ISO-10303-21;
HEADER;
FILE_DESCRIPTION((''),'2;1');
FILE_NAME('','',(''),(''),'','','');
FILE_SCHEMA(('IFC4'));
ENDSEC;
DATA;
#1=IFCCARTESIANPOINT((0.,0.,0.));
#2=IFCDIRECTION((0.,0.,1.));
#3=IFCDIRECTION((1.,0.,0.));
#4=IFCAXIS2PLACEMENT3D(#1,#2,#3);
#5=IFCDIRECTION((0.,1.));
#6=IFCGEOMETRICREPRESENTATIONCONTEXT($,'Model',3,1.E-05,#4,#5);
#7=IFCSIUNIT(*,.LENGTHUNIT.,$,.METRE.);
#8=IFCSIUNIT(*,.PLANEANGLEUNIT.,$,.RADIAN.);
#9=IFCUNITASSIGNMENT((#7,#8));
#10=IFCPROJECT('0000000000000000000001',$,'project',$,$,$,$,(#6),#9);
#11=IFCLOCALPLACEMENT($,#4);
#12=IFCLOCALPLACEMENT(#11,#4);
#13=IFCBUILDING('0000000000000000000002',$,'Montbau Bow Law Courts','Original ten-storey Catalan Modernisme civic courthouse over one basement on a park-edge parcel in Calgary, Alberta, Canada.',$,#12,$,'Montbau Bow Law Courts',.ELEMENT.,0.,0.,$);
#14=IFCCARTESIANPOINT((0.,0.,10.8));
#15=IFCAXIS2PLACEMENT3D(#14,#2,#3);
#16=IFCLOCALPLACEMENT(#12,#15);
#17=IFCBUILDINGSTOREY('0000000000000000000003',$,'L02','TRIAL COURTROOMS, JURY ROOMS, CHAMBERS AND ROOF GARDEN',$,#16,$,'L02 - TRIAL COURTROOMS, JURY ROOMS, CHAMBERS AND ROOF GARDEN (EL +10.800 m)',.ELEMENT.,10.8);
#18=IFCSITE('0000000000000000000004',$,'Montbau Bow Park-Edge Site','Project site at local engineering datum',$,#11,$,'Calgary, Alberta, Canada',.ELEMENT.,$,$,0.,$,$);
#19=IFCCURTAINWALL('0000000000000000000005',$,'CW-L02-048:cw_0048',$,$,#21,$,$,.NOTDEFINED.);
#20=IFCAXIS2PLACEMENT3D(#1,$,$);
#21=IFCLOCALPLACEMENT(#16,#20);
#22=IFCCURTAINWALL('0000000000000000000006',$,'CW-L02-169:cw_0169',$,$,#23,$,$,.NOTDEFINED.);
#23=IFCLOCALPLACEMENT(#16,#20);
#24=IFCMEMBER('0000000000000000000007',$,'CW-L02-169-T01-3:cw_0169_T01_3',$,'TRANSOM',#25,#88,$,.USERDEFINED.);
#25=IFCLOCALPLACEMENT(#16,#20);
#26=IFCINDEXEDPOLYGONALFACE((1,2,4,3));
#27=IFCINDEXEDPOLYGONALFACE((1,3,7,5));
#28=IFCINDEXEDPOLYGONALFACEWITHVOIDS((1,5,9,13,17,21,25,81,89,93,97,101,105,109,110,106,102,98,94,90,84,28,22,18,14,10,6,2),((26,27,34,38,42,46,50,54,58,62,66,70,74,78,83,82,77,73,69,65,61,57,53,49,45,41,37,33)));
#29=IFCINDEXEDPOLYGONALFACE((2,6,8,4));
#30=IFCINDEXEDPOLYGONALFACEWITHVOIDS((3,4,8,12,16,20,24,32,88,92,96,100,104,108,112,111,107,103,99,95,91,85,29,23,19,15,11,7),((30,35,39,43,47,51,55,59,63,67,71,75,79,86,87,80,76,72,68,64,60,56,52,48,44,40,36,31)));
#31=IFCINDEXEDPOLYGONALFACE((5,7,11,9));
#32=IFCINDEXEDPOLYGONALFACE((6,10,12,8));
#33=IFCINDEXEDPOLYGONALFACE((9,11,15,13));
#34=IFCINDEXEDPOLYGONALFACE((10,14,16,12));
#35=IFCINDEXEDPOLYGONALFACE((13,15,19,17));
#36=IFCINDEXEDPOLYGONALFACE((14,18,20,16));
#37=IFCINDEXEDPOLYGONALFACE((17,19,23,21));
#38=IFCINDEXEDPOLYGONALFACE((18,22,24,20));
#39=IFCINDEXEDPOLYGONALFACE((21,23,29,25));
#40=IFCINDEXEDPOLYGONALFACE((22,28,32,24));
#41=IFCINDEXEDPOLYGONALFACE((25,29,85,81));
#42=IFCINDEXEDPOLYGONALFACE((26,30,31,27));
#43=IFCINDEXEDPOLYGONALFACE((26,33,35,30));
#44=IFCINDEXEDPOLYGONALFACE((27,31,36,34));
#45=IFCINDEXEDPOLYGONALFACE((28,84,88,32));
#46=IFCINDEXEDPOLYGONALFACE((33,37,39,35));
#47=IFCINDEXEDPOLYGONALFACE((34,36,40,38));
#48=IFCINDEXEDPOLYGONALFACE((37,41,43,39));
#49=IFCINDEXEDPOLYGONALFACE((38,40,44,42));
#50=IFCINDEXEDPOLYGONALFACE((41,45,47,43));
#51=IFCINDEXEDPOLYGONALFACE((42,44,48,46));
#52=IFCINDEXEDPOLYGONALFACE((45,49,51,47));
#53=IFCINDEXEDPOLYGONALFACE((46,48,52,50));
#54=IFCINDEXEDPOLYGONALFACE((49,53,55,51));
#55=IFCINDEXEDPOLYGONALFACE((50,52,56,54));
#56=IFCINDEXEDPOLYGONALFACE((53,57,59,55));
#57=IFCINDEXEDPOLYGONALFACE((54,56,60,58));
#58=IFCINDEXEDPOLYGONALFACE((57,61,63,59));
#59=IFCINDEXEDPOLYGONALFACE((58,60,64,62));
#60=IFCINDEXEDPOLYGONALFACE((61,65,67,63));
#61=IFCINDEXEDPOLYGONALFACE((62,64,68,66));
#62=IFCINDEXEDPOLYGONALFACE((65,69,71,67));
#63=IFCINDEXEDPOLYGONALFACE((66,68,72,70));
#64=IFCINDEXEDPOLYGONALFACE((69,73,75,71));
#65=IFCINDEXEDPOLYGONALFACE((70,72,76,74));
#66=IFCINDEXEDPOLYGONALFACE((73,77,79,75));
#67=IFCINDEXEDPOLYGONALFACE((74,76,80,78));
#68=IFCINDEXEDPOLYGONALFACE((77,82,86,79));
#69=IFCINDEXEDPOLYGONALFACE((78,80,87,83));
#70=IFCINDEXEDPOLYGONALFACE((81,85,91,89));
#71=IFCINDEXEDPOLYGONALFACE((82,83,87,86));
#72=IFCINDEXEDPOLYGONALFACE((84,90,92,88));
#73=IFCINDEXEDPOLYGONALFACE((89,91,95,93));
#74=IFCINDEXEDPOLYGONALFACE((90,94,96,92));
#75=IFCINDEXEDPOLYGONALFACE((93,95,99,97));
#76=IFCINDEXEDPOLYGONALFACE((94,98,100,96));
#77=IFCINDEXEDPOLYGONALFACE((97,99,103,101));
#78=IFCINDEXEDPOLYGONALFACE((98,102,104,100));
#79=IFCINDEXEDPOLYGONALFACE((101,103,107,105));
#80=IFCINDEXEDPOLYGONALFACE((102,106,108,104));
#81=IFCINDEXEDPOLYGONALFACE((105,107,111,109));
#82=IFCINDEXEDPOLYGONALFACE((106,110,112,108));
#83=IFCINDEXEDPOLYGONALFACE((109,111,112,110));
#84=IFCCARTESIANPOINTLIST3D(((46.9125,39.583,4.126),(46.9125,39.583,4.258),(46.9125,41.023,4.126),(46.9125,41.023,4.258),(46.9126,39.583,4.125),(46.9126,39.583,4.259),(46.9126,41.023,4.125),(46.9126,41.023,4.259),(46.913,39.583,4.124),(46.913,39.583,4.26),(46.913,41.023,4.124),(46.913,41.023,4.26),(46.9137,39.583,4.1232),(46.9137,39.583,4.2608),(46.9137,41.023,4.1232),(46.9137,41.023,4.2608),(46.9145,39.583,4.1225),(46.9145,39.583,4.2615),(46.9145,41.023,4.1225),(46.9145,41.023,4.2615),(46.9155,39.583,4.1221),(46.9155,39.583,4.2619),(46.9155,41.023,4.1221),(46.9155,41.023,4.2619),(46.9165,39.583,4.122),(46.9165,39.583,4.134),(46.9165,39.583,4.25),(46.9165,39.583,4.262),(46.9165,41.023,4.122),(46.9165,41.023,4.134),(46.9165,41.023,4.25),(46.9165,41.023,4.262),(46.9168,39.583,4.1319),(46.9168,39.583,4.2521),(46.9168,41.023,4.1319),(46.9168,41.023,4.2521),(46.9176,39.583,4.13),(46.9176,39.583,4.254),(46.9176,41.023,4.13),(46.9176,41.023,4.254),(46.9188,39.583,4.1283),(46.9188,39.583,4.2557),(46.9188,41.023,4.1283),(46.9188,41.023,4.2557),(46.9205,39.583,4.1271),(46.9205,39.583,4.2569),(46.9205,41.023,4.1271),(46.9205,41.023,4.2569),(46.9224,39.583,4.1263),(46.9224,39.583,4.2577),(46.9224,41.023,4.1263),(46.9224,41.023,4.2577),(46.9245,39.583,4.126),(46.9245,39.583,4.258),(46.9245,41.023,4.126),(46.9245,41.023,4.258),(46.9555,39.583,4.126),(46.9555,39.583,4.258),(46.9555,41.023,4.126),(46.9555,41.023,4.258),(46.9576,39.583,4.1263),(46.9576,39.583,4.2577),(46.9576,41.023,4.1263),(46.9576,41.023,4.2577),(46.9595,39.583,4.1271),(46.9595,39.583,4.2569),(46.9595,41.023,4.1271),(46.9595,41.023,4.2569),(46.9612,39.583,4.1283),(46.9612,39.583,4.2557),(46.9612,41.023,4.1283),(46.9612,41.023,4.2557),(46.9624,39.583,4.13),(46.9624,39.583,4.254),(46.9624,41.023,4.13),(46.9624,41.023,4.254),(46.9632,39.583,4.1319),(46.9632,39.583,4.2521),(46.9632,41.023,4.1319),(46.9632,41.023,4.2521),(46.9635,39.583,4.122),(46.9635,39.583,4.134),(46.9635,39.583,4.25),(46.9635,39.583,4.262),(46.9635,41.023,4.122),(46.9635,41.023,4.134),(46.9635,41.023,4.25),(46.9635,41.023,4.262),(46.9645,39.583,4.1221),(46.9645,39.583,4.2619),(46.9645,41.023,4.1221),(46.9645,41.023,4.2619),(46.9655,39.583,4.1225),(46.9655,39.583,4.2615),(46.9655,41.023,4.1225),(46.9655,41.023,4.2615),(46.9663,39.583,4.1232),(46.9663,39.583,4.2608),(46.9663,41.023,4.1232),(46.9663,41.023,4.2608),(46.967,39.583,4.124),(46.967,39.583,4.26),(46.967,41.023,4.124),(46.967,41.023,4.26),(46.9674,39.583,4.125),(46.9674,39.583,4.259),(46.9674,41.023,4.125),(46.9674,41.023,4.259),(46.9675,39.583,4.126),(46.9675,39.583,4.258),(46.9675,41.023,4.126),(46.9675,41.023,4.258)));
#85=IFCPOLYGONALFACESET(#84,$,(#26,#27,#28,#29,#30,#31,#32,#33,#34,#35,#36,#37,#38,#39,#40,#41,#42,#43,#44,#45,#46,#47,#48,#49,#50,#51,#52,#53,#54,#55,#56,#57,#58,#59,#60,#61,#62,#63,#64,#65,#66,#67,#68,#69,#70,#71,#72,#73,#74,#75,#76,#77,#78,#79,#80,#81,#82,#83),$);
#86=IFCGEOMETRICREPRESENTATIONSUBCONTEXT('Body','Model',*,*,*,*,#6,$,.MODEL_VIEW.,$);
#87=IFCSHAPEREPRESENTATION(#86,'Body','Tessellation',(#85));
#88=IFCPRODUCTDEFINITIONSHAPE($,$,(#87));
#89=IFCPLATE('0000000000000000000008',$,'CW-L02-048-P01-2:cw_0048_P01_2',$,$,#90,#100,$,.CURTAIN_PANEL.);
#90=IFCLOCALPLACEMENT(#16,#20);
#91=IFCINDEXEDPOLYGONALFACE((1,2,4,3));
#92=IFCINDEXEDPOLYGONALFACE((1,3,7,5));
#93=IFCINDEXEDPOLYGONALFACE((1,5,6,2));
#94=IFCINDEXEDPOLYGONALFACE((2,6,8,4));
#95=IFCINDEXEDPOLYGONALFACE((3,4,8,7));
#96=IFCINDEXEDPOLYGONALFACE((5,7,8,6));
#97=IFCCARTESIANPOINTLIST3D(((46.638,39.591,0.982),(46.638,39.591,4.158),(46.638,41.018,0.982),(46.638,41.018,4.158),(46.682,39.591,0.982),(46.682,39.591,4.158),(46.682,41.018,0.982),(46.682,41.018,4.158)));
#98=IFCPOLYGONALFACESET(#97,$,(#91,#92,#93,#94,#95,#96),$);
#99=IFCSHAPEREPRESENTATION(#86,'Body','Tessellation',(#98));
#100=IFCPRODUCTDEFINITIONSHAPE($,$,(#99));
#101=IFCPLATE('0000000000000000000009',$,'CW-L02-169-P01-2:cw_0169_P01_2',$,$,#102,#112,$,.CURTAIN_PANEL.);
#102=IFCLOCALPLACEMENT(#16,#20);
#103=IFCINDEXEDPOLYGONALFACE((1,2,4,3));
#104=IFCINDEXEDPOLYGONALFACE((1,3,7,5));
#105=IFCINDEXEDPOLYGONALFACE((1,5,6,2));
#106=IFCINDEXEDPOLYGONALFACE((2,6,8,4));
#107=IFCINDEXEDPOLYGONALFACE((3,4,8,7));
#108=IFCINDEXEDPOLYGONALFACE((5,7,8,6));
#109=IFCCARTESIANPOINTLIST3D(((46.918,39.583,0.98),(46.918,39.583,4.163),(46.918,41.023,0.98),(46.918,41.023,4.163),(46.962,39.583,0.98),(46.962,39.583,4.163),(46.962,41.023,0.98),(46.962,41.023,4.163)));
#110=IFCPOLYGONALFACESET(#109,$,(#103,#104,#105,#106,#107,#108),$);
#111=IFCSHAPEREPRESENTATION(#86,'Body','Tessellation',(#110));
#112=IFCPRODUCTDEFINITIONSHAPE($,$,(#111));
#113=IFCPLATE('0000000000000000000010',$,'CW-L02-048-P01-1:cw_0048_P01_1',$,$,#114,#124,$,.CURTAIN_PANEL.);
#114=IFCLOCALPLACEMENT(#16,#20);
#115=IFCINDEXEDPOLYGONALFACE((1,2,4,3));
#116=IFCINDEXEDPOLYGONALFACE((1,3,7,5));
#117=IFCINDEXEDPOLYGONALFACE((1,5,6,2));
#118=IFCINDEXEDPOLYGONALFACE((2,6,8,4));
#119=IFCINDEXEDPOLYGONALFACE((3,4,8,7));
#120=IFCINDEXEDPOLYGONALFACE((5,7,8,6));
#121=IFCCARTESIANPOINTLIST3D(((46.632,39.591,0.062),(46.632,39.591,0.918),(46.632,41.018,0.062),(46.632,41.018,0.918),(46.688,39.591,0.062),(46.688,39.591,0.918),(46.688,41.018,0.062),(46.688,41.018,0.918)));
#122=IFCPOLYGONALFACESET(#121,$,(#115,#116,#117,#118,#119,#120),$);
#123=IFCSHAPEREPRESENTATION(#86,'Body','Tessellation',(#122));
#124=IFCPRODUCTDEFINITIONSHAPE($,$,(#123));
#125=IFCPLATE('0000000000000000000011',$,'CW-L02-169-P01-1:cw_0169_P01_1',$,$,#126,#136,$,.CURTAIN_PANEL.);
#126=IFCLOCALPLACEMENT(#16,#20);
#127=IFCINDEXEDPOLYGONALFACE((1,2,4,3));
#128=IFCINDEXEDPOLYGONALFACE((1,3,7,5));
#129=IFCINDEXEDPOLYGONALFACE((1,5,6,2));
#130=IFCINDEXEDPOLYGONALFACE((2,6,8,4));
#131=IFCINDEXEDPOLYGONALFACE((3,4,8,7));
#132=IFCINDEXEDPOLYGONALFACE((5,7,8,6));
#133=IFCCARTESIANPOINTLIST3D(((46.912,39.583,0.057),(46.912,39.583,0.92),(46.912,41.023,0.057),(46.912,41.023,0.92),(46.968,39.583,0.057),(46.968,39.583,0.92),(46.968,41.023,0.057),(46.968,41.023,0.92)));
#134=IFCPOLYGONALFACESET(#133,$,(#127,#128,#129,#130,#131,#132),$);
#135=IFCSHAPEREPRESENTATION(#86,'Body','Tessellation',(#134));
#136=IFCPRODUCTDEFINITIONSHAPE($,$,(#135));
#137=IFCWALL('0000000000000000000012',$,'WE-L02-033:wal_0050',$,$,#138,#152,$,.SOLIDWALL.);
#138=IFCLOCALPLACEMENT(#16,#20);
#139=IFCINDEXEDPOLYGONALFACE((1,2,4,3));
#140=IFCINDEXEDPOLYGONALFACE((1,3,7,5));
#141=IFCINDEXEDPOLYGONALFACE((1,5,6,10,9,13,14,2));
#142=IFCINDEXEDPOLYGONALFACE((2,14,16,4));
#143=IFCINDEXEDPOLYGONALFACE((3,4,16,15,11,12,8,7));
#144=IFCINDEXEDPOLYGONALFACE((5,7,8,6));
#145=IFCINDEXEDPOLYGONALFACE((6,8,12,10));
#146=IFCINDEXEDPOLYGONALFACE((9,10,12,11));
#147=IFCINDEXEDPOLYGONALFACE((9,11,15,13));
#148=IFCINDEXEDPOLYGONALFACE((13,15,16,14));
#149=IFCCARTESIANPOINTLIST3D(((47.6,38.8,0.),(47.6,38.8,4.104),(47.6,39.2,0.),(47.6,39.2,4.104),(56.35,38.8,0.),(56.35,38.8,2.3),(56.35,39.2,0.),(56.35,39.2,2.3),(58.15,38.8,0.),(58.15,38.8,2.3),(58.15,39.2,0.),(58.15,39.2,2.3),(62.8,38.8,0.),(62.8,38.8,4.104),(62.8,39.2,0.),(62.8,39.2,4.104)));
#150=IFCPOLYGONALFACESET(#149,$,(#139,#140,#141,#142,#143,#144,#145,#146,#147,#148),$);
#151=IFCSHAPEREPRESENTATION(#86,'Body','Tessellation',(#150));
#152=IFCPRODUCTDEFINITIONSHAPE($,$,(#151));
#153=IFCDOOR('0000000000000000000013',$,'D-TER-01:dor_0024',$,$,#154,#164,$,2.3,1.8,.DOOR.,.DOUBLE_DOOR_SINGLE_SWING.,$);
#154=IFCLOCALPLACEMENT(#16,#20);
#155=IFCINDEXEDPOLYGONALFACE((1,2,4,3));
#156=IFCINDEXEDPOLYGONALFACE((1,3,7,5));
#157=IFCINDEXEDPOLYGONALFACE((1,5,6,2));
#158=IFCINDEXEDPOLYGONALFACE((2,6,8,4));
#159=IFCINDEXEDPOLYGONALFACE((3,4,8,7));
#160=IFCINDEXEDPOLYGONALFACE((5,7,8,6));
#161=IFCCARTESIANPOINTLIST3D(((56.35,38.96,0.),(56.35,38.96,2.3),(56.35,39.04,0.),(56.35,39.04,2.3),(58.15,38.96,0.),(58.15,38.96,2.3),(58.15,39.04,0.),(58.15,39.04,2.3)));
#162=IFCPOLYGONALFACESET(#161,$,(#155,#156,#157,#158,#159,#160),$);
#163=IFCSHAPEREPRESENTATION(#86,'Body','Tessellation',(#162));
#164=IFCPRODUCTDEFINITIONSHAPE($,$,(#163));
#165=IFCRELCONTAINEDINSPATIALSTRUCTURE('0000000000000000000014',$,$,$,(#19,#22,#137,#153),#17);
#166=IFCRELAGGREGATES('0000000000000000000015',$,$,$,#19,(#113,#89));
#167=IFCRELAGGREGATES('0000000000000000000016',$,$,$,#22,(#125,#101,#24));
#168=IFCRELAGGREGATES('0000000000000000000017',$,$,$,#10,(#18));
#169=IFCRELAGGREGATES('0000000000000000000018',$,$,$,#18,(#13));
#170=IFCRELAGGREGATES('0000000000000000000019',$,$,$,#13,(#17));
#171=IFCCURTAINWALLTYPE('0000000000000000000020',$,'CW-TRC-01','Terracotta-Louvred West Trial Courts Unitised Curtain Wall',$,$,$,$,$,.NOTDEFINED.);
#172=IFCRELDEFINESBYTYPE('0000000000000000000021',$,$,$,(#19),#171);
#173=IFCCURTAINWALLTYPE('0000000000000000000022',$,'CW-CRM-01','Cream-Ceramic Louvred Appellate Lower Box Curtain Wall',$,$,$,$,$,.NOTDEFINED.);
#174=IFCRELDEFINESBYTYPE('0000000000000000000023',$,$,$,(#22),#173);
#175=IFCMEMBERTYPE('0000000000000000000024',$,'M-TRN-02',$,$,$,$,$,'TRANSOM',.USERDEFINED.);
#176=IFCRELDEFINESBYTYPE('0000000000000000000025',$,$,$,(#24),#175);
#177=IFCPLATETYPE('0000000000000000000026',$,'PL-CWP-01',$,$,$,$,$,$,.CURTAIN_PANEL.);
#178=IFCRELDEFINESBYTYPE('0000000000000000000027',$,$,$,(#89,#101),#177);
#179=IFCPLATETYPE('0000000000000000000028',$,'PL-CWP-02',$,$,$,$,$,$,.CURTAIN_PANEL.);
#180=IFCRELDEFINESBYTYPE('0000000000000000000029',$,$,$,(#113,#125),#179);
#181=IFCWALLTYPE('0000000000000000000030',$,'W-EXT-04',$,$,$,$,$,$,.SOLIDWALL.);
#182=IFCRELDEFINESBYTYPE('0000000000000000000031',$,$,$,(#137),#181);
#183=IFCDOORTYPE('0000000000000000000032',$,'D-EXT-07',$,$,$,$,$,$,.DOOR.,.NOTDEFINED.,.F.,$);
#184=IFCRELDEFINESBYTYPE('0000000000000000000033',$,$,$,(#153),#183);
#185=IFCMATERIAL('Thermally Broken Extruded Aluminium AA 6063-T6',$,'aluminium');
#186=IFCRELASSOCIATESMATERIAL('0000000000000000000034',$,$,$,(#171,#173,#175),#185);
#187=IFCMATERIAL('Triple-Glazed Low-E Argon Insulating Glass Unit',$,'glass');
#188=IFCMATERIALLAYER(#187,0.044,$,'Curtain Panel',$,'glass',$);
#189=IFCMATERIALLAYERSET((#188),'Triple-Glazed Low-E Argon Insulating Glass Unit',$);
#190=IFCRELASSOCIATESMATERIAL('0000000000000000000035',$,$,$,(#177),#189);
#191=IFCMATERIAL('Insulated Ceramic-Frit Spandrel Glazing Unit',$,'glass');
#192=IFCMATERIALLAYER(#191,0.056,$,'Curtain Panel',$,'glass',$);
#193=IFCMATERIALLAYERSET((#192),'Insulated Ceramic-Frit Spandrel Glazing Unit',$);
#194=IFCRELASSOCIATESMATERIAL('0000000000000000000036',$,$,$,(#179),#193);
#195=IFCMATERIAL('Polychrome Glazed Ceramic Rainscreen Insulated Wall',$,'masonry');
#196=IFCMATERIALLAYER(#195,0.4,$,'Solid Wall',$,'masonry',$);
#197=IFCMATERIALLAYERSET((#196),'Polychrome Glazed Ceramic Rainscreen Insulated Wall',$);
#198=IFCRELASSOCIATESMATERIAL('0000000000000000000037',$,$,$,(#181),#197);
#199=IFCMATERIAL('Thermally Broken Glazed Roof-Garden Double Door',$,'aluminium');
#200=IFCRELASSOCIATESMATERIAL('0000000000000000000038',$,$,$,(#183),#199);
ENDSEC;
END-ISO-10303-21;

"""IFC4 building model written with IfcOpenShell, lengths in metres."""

from ifc_helpers import new_model, si_unit, direction, frame, frame_2d, origin_with_axes, origin_2d_with_axis, place, context, subcontext, project, spatial, rectangle, hollow_rectangle, extrude, material, layer, layer_set, material_profile, profile_set, type_object, element, fill, aggregate, save


model = new_model("IFC4")

# Units and contexts
model_context = context("Model", 3, precision=1e-05, world=origin_with_axes(), true_north=direction((0.0, 1.0)))
body_context = subcontext(model_context, "Body", "Model", "MODEL_VIEW")
ifc_project = project(units=[si_unit("LENGTHUNIT", "METRE"), si_unit("PLANEANGLEUNIT", "RADIAN")], contexts=[model_context])

# Site, building, storey
site_placement = place(None, origin_with_axes())
site = spatial("IfcSite", under=ifc_project, at=site_placement, Name="Montbau Bow Park-Edge Site", Description="Project site at local engineering datum", LongName="Calgary, Alberta, Canada", CompositionType="ELEMENT", RefElevation=0.0)
building_placement = place(site_placement, origin_with_axes())
building = spatial("IfcBuilding", under=site, at=building_placement, Name="Montbau Bow Law Courts", Description="Original ten-storey Catalan Modernisme civic courthouse over one basement on a park-edge parcel in Calgary, Alberta, Canada.", LongName="Montbau Bow Law Courts", CompositionType="ELEMENT", ElevationOfRefHeight=0.0, ElevationOfTerrain=0.0)
storey_placement = place(building_placement, frame((0.0, 0.0, 10.8), z_axis=(0.0, 0.0, 1.0), x_axis=(1.0, 0.0, 0.0)))
storey = spatial("IfcBuildingStorey", under=building, at=storey_placement, Name="L02", Description="TRIAL COURTROOMS, JURY ROOMS, CHAMBERS AND ROOF GARDEN", LongName="L02 - TRIAL COURTROOMS, JURY ROOMS, CHAMBERS AND ROOF GARDEN (EL +10.800 m)", CompositionType="ELEMENT", Elevation=10.8)

# Curtain walls
ifc_material_1 = material(Name="Thermally Broken Extruded Aluminium AA 6063-T6", Category="aluminium")
curtain_wall_type_1 = type_object("IfcCurtainWallType", Name="CW-TRC-01", Description="Terracotta-Louvred West Trial Courts Unitised Curtain Wall", PredefinedType="NOTDEFINED", material=ifc_material_1)
curtain_wall_1_placement = place(None, frame((46.66, 39.515, 10.8), z_axis=(0.0, 0.0, 1.0), x_axis=(1.0, 0.0, 0.0)))
curtain_wall_1 = element("IfcCurtainWall", 1, at=curtain_wall_1_placement, inside=storey, type_object=curtain_wall_type_1, Name="CW-L02-048:cw_0048", PredefinedType="NOTDEFINED")
curtain_wall_type_2 = type_object("IfcCurtainWallType", Name="CW-CRM-01", Description="Cream-Ceramic Louvred Appellate Lower Box Curtain Wall", PredefinedType="NOTDEFINED", material=ifc_material_1)
curtain_wall_2_placement = place(None, frame((46.94, 39.515, 10.8), z_axis=(0.0, 0.0, 1.0), x_axis=(1.0, 0.0, 0.0)))
curtain_wall_2 = element("IfcCurtainWall", 2, at=curtain_wall_2_placement, inside=storey, type_object=curtain_wall_type_2, Name="CW-L02-169:cw_0169", PredefinedType="NOTDEFINED")

# Member
ifc_material_profile_1 = material_profile(ifc_material_1, hollow_rectangle(XDim=0.055, YDim=0.14, WallThickness=0.004, InnerFilletRadius=0.008, OuterFilletRadius=0.004, at=origin_2d_with_axis()), Name="CWT-140X55", Category="Main", Priority=0)
ifc_profile_set_1 = profile_set([ifc_material_profile_1], Name="Thermally Broken Extruded Aluminium AA 6063-T6")
member_type_1 = type_object("IfcMemberType", Name="M-TRN-02", ElementType="TRANSOM", PredefinedType="USERDEFINED", material=ifc_profile_set_1)
member_1_placement = place(None, frame((46.94, 39.583, 14.992), z_axis=(0.0, 1.0, 0.0), x_axis=(-1.0, 0.0, 0.0)))
member_1 = element("IfcMember", 3, at=member_1_placement, type_object=member_type_1, Name="CW-L02-169-T01-3:cw_0169_T01_3", ObjectType="TRANSOM", PredefinedType="USERDEFINED", context=body_context, shape_type="SweptSolid", body=[
    extrude(hollow_rectangle(XDim=0.055, YDim=0.14, WallThickness=0.004, InnerFilletRadius=0.008, OuterFilletRadius=0.004, at=origin_2d_with_axis()), origin_with_axes(), (0.0, 0.0, 1.0), 1.44),
])

# Plates
ifc_material_2 = material(Name="Triple-Glazed Low-E Argon Insulating Glass Unit", Category="glass")
ifc_layer_1 = layer(ifc_material_2, 0.044, Name="Curtain Panel", Category="glass")
ifc_layer_set_1 = layer_set([ifc_layer_1], Name="Triple-Glazed Low-E Argon Insulating Glass Unit")
plate_type_1 = type_object("IfcPlateType", Name="PL-CWP-01", PredefinedType="CURTAIN_PANEL", material=ifc_layer_set_1)
plate_1_placement = place(None, frame((46.66, 39.591, 11.782), z_axis=(1.0, 0.0, 0.0), x_axis=(0.0, 1.0, 0.0)))
plate_1 = element("IfcPlate", 4, at=plate_1_placement, type_object=plate_type_1, Name="CW-L02-048-P01-2:cw_0048_P01_2", PredefinedType="CURTAIN_PANEL", context=body_context, shape_type="SweptSolid", body=[
    extrude(rectangle(XDim=1.427, YDim=3.176, at=frame_2d((0.7135, 1.588), x_axis=(1.0, 0.0))), frame((0.0, 0.0, -0.022), z_axis=(0.0, 0.0, 1.0), x_axis=(1.0, 0.0, 0.0)), (0.0, 0.0, 1.0), 0.044),
])
plate_2_placement = place(None, frame((46.94, 39.583, 11.78), z_axis=(1.0, 0.0, 0.0), x_axis=(0.0, 1.0, 0.0)))
plate_2 = element("IfcPlate", 5, at=plate_2_placement, type_object=plate_type_1, Name="CW-L02-169-P01-2:cw_0169_P01_2", PredefinedType="CURTAIN_PANEL", context=body_context, shape_type="SweptSolid", body=[
    extrude(rectangle(XDim=1.44, YDim=3.183, at=frame_2d((0.72, 1.5915), x_axis=(1.0, 0.0))), frame((0.0, 0.0, -0.022), z_axis=(0.0, 0.0, 1.0), x_axis=(1.0, 0.0, 0.0)), (0.0, 0.0, 1.0), 0.044),
])
ifc_material_3 = material(Name="Insulated Ceramic-Frit Spandrel Glazing Unit", Category="glass")
ifc_layer_2 = layer(ifc_material_3, 0.056, Name="Curtain Panel", Category="glass")
ifc_layer_set_2 = layer_set([ifc_layer_2], Name="Insulated Ceramic-Frit Spandrel Glazing Unit")
plate_type_2 = type_object("IfcPlateType", Name="PL-CWP-02", PredefinedType="CURTAIN_PANEL", material=ifc_layer_set_2)
plate_3_placement = place(None, frame((46.66, 39.591, 10.862), z_axis=(1.0, 0.0, 0.0), x_axis=(0.0, 1.0, 0.0)))
plate_3 = element("IfcPlate", 6, at=plate_3_placement, type_object=plate_type_2, Name="CW-L02-048-P01-1:cw_0048_P01_1", PredefinedType="CURTAIN_PANEL", context=body_context, shape_type="SweptSolid", body=[
    extrude(rectangle(XDim=1.427, YDim=0.856, at=frame_2d((0.7135, 0.428), x_axis=(1.0, 0.0))), frame((0.0, 0.0, -0.028), z_axis=(0.0, 0.0, 1.0), x_axis=(1.0, 0.0, 0.0)), (0.0, 0.0, 1.0), 0.056),
])
aggregate(curtain_wall_1, [plate_3, plate_1])
plate_4_placement = place(None, frame((46.94, 39.583, 10.857), z_axis=(1.0, 0.0, 0.0), x_axis=(0.0, 1.0, 0.0)))
plate_4 = element("IfcPlate", 7, at=plate_4_placement, type_object=plate_type_2, Name="CW-L02-169-P01-1:cw_0169_P01_1", PredefinedType="CURTAIN_PANEL", context=body_context, shape_type="SweptSolid", body=[
    extrude(rectangle(XDim=1.44, YDim=0.863, at=frame_2d((0.72, 0.4315), x_axis=(1.0, 0.0))), frame((0.0, 0.0, -0.028), z_axis=(0.0, 0.0, 1.0), x_axis=(1.0, 0.0, 0.0)), (0.0, 0.0, 1.0), 0.056),
])
aggregate(curtain_wall_2, [plate_4, plate_2, member_1])

# Wall, opening, door
ifc_material_4 = material(Name="Polychrome Glazed Ceramic Rainscreen Insulated Wall", Category="masonry")
ifc_layer_3 = layer(ifc_material_4, 0.4, Name="Solid Wall", Category="masonry")
ifc_layer_set_3 = layer_set([ifc_layer_3], Name="Polychrome Glazed Ceramic Rainscreen Insulated Wall")
wall_type_1 = type_object("IfcWallType", Name="W-EXT-04", PredefinedType="SOLIDWALL", material=ifc_layer_set_3)
wall_1_placement = place(None, frame((47.6, 39.0, 10.8), z_axis=(0.0, 0.0, 1.0), x_axis=(1.0, 0.0, 0.0)))
wall_1 = element("IfcWall", 8, at=wall_1_placement, inside=storey, type_object=wall_type_1, Name="WE-L02-033:wal_0050", PredefinedType="SOLIDWALL", context=body_context, shape_type="SweptSolid", body=[
    extrude(rectangle(XDim=15.2, YDim=0.4, at=frame_2d((7.6, 0.0), x_axis=(1.0, 0.0))), origin_with_axes(), (0.0, 0.0, 1.0), 4.104),
])
opening_1_placement = place(None, frame((57.25, 39.0, 10.8), z_axis=(0.0, 0.0, 1.0), x_axis=(1.0, 0.0, 0.0)))
opening_1 = element("IfcOpeningElement", 9, at=opening_1_placement, cuts=wall_1, PredefinedType="OPENING", context=body_context, shape_type="SweptSolid", body=[
    extrude(rectangle(XDim=1.8, YDim=2.3, at=frame_2d((0.0, 1.15), x_axis=(1.0, 0.0))), frame((0.0, 0.21, 0.0), z_axis=(0.0, -1.0, 0.0), x_axis=(1.0, 0.0, 0.0)), (0.0, 0.0, 1.0), 0.42),
])
ifc_material_5 = material(Name="Thermally Broken Glazed Roof-Garden Double Door", Category="aluminium")
door_type_1 = type_object("IfcDoorType", Name="D-EXT-07", OperationType="NOTDEFINED", ParameterTakesPrecedence=False, PredefinedType="DOOR", material=ifc_material_5)
door_1_placement = place(None, frame((57.25, 39.0, 10.8), z_axis=(0.0, 0.0, 1.0), x_axis=(1.0, 0.0, 0.0)))
door_1 = element("IfcDoor", 10, at=door_1_placement, inside=storey, type_object=door_type_1, Name="D-TER-01:dor_0024", OperationType="DOUBLE_DOOR_SINGLE_SWING", OverallHeight=2.3, OverallWidth=1.8, PredefinedType="DOOR", context=body_context, shape_type="SweptSolid", body=[
    extrude(rectangle(XDim=1.8, YDim=2.3, at=frame_2d((0.0, 1.15), x_axis=(1.0, 0.0))), frame((0.0, 0.04, 0.0), z_axis=(0.0, -1.0, 0.0), x_axis=(1.0, 0.0, 0.0)), (0.0, 0.0, 1.0), 0.08),
])
fill(opening_1, door_1)

save(model, "model.ifc")
